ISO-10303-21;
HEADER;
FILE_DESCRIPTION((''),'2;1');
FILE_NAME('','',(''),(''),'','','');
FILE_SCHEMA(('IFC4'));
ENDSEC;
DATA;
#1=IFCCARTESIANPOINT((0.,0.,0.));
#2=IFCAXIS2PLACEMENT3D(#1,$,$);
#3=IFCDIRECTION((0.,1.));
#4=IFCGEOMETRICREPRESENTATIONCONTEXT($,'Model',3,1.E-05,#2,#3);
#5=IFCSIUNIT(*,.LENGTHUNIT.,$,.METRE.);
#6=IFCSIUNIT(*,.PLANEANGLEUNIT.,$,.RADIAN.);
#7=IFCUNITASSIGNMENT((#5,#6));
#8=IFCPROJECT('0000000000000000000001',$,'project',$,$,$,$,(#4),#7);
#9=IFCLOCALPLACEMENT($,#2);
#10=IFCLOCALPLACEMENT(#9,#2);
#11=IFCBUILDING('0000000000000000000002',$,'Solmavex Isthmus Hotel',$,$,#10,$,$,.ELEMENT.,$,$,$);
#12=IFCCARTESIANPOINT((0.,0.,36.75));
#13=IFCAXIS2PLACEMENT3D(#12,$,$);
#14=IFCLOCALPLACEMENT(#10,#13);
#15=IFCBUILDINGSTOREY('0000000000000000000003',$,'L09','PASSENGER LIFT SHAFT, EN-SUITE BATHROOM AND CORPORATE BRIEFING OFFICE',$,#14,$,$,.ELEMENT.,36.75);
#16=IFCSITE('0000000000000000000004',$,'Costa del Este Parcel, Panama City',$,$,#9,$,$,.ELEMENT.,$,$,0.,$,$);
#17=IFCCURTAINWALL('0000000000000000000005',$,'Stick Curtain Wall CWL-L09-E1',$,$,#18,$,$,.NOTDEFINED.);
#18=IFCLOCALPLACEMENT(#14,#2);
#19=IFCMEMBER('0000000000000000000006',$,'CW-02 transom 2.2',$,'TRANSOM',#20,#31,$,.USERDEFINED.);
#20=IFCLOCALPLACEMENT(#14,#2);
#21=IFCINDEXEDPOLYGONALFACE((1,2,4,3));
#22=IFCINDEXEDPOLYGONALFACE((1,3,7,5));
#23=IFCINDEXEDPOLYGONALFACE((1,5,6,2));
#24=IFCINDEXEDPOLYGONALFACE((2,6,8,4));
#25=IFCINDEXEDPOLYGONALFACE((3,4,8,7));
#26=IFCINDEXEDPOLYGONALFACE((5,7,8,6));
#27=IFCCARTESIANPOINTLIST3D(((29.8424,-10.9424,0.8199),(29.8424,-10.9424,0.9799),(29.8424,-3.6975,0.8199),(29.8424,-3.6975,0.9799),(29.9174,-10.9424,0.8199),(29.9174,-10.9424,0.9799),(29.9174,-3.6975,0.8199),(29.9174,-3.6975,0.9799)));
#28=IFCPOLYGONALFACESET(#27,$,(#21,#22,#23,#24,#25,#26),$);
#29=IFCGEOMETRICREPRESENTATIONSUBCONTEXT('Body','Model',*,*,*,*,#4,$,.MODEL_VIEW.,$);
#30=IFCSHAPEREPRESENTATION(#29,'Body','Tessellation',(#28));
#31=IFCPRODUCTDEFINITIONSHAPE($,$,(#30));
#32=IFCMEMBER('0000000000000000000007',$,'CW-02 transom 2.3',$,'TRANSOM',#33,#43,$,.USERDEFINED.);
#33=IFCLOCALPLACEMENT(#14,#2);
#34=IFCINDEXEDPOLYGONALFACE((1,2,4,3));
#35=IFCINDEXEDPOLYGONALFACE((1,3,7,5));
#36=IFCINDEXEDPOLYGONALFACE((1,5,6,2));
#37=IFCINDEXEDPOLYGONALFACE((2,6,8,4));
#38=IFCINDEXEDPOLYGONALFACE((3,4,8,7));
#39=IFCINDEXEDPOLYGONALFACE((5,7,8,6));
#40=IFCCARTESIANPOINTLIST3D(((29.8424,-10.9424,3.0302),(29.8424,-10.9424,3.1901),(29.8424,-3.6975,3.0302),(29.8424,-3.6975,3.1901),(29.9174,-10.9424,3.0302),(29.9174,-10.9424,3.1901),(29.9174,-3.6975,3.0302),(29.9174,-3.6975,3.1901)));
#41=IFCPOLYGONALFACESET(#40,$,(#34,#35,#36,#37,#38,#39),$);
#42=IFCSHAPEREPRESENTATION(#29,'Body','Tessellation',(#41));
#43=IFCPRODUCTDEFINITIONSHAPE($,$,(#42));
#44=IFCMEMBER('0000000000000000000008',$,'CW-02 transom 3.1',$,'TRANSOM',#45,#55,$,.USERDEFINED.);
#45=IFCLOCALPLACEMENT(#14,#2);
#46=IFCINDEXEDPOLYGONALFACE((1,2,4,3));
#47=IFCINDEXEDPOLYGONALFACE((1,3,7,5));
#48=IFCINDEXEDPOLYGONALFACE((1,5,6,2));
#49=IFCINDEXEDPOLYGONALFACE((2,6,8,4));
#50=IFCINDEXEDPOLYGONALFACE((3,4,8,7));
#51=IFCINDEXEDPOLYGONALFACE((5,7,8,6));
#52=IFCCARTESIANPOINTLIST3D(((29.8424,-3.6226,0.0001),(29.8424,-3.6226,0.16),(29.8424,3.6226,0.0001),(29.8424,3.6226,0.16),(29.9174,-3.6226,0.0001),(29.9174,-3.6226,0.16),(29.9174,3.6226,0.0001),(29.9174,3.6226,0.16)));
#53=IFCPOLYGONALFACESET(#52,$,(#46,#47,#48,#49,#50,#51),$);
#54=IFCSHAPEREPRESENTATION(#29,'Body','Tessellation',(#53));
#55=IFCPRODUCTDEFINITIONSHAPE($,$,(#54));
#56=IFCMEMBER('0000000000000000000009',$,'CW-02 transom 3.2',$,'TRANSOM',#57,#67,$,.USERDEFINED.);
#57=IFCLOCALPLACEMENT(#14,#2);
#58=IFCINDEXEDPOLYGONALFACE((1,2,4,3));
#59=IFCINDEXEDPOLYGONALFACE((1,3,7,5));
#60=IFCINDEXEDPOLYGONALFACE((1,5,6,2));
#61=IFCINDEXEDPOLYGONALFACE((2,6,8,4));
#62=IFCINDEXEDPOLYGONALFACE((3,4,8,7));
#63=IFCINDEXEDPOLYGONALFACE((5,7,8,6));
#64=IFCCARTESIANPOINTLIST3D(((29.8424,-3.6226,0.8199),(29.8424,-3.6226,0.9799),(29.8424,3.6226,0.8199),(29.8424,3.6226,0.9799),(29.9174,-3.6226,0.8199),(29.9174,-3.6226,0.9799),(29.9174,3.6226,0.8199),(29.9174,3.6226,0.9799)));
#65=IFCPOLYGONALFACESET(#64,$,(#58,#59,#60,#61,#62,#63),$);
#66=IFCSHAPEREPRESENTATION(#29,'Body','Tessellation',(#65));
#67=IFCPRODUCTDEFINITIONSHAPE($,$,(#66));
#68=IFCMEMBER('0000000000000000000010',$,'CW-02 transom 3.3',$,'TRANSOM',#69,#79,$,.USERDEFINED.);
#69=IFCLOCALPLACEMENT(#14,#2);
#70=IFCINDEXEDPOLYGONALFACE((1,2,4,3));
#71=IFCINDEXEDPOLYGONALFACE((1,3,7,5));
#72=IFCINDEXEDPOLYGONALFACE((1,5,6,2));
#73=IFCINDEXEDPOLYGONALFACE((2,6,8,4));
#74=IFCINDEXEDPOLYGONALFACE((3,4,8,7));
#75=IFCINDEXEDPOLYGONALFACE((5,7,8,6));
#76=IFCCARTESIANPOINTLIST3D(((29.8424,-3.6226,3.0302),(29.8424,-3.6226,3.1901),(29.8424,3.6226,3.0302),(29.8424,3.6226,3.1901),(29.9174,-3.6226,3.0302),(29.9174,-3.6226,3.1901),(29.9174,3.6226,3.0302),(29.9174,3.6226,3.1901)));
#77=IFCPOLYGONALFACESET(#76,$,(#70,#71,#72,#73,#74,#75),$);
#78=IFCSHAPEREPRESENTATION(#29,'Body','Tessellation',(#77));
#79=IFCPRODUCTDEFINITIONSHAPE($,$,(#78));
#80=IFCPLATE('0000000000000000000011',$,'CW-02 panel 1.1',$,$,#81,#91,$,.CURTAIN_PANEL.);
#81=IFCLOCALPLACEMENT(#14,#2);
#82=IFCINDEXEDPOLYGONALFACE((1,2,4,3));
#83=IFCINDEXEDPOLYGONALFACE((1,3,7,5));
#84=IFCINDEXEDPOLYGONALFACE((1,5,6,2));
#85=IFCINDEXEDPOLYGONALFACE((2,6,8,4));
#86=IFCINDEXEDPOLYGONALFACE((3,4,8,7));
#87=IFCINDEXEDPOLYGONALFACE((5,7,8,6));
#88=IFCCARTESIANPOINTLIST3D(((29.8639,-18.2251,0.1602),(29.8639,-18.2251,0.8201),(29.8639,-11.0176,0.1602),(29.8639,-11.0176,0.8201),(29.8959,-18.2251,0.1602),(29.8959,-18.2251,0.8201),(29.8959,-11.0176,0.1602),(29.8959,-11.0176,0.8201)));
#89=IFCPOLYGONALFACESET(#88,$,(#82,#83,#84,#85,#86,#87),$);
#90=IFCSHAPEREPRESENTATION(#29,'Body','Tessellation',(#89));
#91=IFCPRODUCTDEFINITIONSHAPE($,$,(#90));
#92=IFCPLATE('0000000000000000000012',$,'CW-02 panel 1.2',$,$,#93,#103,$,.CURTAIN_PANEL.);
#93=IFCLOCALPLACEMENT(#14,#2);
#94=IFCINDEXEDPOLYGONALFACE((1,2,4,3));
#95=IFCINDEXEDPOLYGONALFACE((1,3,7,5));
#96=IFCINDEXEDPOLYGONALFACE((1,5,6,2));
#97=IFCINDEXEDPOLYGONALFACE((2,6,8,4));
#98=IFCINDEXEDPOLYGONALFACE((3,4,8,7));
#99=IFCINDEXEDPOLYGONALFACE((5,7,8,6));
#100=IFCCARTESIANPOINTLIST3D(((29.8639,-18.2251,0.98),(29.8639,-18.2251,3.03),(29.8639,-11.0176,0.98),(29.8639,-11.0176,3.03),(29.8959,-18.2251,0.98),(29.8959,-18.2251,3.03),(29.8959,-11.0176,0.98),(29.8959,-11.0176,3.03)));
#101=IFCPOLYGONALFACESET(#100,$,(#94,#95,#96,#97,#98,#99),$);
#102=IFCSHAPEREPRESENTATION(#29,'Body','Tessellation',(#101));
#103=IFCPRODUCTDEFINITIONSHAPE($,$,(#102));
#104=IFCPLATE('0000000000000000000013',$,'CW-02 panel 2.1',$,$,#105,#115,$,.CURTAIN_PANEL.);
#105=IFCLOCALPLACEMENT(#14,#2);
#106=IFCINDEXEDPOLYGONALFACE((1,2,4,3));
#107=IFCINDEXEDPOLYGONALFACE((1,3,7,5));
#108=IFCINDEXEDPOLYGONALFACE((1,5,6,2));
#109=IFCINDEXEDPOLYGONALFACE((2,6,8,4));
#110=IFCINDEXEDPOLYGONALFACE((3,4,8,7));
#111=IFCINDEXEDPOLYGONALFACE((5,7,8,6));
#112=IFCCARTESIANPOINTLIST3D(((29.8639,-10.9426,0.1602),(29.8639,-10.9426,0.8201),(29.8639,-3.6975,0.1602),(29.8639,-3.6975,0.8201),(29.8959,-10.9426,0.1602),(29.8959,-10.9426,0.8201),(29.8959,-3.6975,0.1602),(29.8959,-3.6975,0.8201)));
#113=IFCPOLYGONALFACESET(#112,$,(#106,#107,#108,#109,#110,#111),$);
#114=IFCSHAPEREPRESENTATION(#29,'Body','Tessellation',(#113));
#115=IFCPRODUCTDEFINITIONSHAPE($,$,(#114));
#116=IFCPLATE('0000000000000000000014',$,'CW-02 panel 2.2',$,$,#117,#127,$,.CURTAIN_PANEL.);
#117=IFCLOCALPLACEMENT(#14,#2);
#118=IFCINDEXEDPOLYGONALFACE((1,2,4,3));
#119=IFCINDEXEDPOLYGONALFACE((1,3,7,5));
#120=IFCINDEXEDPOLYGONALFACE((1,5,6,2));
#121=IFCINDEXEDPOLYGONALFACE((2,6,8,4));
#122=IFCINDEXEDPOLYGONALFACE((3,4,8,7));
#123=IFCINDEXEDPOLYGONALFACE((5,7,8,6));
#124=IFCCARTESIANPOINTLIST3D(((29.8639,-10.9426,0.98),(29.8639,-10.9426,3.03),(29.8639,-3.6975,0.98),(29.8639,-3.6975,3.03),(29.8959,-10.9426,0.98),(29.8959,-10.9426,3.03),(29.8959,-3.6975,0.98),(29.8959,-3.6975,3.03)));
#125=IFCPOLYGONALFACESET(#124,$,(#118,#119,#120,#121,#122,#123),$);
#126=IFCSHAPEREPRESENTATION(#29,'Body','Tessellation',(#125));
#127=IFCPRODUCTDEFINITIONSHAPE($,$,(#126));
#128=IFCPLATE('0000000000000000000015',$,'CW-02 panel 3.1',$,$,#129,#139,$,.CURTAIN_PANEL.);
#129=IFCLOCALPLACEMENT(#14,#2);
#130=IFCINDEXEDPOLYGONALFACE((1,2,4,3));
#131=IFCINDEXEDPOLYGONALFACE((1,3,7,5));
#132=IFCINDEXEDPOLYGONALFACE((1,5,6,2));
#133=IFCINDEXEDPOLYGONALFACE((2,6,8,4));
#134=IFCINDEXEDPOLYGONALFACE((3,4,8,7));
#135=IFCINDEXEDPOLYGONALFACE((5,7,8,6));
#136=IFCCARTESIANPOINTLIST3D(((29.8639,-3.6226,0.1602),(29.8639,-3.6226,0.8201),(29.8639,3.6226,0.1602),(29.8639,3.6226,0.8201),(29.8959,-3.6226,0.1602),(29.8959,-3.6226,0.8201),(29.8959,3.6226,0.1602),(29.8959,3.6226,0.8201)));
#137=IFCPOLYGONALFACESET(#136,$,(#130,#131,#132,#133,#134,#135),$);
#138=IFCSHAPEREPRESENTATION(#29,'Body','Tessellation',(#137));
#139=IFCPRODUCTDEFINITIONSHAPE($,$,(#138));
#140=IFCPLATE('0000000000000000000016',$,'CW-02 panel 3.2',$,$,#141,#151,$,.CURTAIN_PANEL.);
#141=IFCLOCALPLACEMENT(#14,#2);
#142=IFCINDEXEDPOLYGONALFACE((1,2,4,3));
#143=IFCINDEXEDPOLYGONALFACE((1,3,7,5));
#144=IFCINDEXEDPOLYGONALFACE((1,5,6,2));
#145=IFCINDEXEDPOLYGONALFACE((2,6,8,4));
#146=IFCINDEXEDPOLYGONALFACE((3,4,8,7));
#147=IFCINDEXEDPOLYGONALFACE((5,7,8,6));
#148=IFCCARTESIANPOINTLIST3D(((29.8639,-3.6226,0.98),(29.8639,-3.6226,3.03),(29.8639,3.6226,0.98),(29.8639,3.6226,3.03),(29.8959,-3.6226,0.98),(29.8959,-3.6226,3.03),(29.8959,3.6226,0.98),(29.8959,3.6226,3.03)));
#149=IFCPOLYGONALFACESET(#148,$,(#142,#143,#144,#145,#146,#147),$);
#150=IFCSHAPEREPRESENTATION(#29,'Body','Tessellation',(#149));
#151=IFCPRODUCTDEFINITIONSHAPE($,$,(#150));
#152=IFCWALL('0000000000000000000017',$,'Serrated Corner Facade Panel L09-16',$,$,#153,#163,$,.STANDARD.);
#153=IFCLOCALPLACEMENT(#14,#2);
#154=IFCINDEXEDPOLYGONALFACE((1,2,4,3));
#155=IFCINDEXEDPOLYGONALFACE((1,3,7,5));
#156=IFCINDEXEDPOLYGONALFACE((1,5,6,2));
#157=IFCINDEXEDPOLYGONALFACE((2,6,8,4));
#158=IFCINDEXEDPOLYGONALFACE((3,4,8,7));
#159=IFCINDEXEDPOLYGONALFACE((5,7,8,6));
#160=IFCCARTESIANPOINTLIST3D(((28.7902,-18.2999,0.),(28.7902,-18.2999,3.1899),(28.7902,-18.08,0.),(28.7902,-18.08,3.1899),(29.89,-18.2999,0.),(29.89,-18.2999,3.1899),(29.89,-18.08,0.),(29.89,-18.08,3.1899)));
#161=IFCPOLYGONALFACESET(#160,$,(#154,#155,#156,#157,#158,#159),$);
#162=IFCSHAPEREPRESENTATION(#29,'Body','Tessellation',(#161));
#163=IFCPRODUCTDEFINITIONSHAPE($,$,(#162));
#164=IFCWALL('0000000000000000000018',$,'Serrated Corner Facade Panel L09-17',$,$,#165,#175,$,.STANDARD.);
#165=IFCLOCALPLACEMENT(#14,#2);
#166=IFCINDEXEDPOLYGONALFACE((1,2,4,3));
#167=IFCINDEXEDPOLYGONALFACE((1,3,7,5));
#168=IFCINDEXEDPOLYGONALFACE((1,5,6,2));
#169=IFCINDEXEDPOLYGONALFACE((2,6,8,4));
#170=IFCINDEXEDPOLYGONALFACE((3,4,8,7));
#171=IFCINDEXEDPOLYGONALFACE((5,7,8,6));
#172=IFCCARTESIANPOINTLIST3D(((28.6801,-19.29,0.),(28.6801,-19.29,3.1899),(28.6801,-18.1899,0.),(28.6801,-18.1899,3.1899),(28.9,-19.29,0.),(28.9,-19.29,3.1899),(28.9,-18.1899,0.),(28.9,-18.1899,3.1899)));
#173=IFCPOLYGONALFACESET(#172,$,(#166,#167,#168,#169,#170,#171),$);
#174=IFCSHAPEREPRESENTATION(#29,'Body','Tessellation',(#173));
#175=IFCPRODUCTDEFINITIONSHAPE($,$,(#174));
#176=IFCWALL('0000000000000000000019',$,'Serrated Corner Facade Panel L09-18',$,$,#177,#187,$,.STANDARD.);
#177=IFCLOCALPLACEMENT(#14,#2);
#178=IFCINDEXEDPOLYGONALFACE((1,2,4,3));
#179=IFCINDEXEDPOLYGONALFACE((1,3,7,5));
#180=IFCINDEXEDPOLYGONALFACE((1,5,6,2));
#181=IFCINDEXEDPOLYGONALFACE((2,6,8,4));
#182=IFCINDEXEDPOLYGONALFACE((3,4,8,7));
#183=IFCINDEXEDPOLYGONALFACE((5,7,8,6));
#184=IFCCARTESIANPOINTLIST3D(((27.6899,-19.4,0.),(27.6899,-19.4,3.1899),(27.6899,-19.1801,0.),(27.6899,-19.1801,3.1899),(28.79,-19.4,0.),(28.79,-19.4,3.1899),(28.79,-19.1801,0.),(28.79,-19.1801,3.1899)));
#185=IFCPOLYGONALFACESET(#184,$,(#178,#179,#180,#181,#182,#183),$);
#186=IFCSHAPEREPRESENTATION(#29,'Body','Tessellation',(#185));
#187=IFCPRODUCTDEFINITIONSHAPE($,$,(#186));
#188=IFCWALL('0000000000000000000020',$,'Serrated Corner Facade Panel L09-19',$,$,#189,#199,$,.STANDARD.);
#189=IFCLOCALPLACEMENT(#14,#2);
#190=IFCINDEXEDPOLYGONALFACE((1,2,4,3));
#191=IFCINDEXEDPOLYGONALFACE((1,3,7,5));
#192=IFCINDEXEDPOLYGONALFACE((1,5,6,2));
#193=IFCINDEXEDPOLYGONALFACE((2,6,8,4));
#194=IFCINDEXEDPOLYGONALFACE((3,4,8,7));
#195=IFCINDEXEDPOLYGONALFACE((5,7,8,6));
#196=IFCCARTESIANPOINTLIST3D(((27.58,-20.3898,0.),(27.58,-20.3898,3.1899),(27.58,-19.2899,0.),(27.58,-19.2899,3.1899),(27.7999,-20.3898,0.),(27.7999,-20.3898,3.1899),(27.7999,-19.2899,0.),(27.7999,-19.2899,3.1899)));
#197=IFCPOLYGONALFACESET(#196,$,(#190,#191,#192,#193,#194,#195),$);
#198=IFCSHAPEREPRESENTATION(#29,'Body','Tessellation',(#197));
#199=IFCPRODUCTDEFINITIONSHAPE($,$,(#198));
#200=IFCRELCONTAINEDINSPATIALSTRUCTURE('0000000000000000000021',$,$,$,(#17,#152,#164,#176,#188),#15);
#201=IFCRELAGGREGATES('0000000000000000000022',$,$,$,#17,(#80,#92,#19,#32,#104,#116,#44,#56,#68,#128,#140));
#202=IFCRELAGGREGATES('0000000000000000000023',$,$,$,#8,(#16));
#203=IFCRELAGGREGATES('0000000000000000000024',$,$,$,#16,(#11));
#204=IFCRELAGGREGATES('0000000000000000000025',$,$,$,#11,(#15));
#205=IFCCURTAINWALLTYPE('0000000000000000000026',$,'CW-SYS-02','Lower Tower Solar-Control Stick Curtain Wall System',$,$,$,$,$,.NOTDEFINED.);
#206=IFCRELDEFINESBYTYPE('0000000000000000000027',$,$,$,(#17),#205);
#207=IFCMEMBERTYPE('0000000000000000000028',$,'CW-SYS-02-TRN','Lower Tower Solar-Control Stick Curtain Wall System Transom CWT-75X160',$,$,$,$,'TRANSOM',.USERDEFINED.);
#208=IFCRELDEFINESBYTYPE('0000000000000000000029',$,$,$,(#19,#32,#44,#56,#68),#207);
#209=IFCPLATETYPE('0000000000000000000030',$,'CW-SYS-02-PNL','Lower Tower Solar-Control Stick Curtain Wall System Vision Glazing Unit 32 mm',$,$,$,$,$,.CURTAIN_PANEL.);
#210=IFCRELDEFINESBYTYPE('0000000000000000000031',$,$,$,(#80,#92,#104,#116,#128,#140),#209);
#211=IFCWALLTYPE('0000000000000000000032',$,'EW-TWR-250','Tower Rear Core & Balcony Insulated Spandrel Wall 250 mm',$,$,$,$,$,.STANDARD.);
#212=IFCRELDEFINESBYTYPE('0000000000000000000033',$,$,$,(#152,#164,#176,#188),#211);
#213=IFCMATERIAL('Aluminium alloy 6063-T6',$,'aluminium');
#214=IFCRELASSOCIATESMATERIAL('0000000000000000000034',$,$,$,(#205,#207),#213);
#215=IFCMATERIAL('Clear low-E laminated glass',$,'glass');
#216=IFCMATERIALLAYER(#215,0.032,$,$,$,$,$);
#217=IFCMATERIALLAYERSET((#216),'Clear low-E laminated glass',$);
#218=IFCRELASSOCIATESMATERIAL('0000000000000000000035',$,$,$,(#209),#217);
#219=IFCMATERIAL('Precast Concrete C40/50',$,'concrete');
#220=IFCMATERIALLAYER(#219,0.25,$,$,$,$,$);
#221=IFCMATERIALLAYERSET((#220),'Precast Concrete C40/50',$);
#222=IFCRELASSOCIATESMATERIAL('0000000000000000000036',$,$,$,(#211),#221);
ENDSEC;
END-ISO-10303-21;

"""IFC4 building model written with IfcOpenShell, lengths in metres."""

from ifc_helpers import new_model, si_unit, direction, frame, frame_2d, origin, origin_2d, place, context, subcontext, project, spatial, rectangle, extrude, material, layer, layer_set, material_profile, profile_set, type_object, element, aggregate, save


model = new_model("IFC4")

# Units and contexts
model_context = context("Model", 3, precision=1e-05, world=origin(), true_north=direction((0.0, 1.0)))
body_context = subcontext(model_context, "Body", "Model", "MODEL_VIEW")
ifc_project = project(units=[si_unit("LENGTHUNIT", "METRE"), si_unit("PLANEANGLEUNIT", "RADIAN")], contexts=[model_context])

# Site, building, storey
site_placement = place(None, origin())
site = spatial("IfcSite", under=ifc_project, at=site_placement, Name="Costa del Este Parcel, Panama City", CompositionType="ELEMENT", RefElevation=0.0)
building_placement = place(site_placement, origin())
building = spatial("IfcBuilding", under=site, at=building_placement, Name="Solmavex Isthmus Hotel", CompositionType="ELEMENT")
storey_placement = place(building_placement, frame((0.0, 0.0, 36.75)))
storey = spatial("IfcBuildingStorey", under=building, at=storey_placement, Name="L09", Description="PASSENGER LIFT SHAFT, EN-SUITE BATHROOM AND CORPORATE BRIEFING OFFICE", CompositionType="ELEMENT", Elevation=36.75)

# Curtain wall, members, plates
ifc_material_1 = material(Name="Aluminium alloy 6063-T6", Category="aluminium")
curtain_wall_type = type_object("IfcCurtainWallType", Name="CW-SYS-02", Description="Lower Tower Solar-Control Stick Curtain Wall System", PredefinedType="NOTDEFINED", material=ifc_material_1)
curtain_wall_placement = place(storey_placement, origin())
curtain_wall = element("IfcCurtainWall", 1, at=curtain_wall_placement, inside=storey, type_object=curtain_wall_type, Name="Stick Curtain Wall CWL-L09-E1", PredefinedType="NOTDEFINED")
ifc_material_profile_1 = material_profile(ifc_material_1, rectangle(XDim=0.075, YDim=0.1599, at=origin_2d()), Name="CWT-75X160")
ifc_profile_set_1 = profile_set([ifc_material_profile_1], Name="Aluminium alloy 6063-T6")
member_type_1 = type_object("IfcMemberType", Name="CW-SYS-02-TRN", Description="Lower Tower Solar-Control Stick Curtain Wall System Transom CWT-75X160", ElementType="TRANSOM", PredefinedType="USERDEFINED", material=ifc_profile_set_1)
member_1_placement = place(storey_placement, frame((29.8799, -10.9424, 0.8999), z_axis=(0.0, 1.0, 0.0), x_axis=(-1.0, 0.0, 0.0)))
member_1 = element("IfcMember", 2, at=member_1_placement, type_object=member_type_1, Name="CW-02 transom 2.2", ObjectType="TRANSOM", PredefinedType="USERDEFINED", context=body_context, shape_type="SweptSolid", body=[
    extrude(rectangle(XDim=0.075, YDim=0.1599, at=origin_2d()), origin(), (0.0, 0.0, 1.0), 7.2449),
])
member_2_placement = place(storey_placement, frame((29.8799, -10.9424, 3.1101), z_axis=(0.0, 1.0, 0.0), x_axis=(-1.0, 0.0, 0.0)))
member_2 = element("IfcMember", 3, at=member_2_placement, type_object=member_type_1, Name="CW-02 transom 2.3", ObjectType="TRANSOM", PredefinedType="USERDEFINED", context=body_context, shape_type="SweptSolid", body=[
    extrude(rectangle(XDim=0.075, YDim=0.1599, at=origin_2d()), origin(), (0.0, 0.0, 1.0), 7.2449),
])
member_3_placement = place(storey_placement, frame((29.8799, -3.6226, 0.0801), z_axis=(0.0, 1.0, 0.0), x_axis=(-1.0, 0.0, 0.0)))
member_3 = element("IfcMember", 4, at=member_3_placement, type_object=member_type_1, Name="CW-02 transom 3.1", ObjectType="TRANSOM", PredefinedType="USERDEFINED", context=body_context, shape_type="SweptSolid", body=[
    extrude(rectangle(XDim=0.075, YDim=0.1599, at=origin_2d()), origin(), (0.0, 0.0, 1.0), 7.2451),
])
member_4_placement = place(storey_placement, frame((29.8799, -3.6226, 0.8999), z_axis=(0.0, 1.0, 0.0), x_axis=(-1.0, 0.0, 0.0)))
member_4 = element("IfcMember", 5, at=member_4_placement, type_object=member_type_1, Name="CW-02 transom 3.2", ObjectType="TRANSOM", PredefinedType="USERDEFINED", context=body_context, shape_type="SweptSolid", body=[
    extrude(rectangle(XDim=0.075, YDim=0.1599, at=origin_2d()), origin(), (0.0, 0.0, 1.0), 7.2451),
])
member_5_placement = place(storey_placement, frame((29.8799, -3.6226, 3.1101), z_axis=(0.0, 1.0, 0.0), x_axis=(-1.0, 0.0, 0.0)))
member_5 = element("IfcMember", 6, at=member_5_placement, type_object=member_type_1, Name="CW-02 transom 3.3", ObjectType="TRANSOM", PredefinedType="USERDEFINED", context=body_context, shape_type="SweptSolid", body=[
    extrude(rectangle(XDim=0.075, YDim=0.1599, at=origin_2d()), origin(), (0.0, 0.0, 1.0), 7.2451),
])
ifc_material_2 = material(Name="Clear low-E laminated glass", Category="glass")
ifc_layer_1 = layer(ifc_material_2, 0.032)
ifc_layer_set_1 = layer_set([ifc_layer_1], Name="Clear low-E laminated glass")
plate_type = type_object("IfcPlateType", Name="CW-SYS-02-PNL", Description="Lower Tower Solar-Control Stick Curtain Wall System Vision Glazing Unit 32 mm", PredefinedType="CURTAIN_PANEL", material=ifc_layer_set_1)
plate_1_placement = place(storey_placement, frame((29.8799, -14.6213, 0.1602), z_axis=(0.0, 0.0, 1.0), x_axis=(0.0, 1.0, 0.0)))
plate_1 = element("IfcPlate", 7, at=plate_1_placement, type_object=plate_type, Name="CW-02 panel 1.1", PredefinedType="CURTAIN_PANEL", context=body_context, shape_type="SweptSolid", body=[
    extrude(rectangle(XDim=7.2075, YDim=0.032, at=origin_2d()), origin(), (0.0, 0.0, 1.0), 0.6599),
])
plate_2_placement = place(storey_placement, frame((29.8799, -14.6213, 0.98), z_axis=(0.0, 0.0, 1.0), x_axis=(0.0, 1.0, 0.0)))
plate_2 = element("IfcPlate", 8, at=plate_2_placement, type_object=plate_type, Name="CW-02 panel 1.2", PredefinedType="CURTAIN_PANEL", context=body_context, shape_type="SweptSolid", body=[
    extrude(rectangle(XDim=7.2075, YDim=0.032, at=origin_2d()), origin(), (0.0, 0.0, 1.0), 2.05),
])
plate_3_placement = place(storey_placement, frame((29.8799, -7.3201, 0.1602), z_axis=(0.0, 0.0, 1.0), x_axis=(0.0, 1.0, 0.0)))
plate_3 = element("IfcPlate", 9, at=plate_3_placement, type_object=plate_type, Name="CW-02 panel 2.1", PredefinedType="CURTAIN_PANEL", context=body_context, shape_type="SweptSolid", body=[
    extrude(rectangle(XDim=7.2451, YDim=0.032, at=origin_2d()), origin(), (0.0, 0.0, 1.0), 0.6599),
])
plate_4_placement = place(storey_placement, frame((29.8799, -7.3201, 0.98), z_axis=(0.0, 0.0, 1.0), x_axis=(0.0, 1.0, 0.0)))
plate_4 = element("IfcPlate", 10, at=plate_4_placement, type_object=plate_type, Name="CW-02 panel 2.2", PredefinedType="CURTAIN_PANEL", context=body_context, shape_type="SweptSolid", body=[
    extrude(rectangle(XDim=7.2451, YDim=0.032, at=origin_2d()), origin(), (0.0, 0.0, 1.0), 2.05),
])
plate_5_placement = place(storey_placement, frame((29.8799, 0.0, 0.1602), z_axis=(0.0, 0.0, 1.0), x_axis=(0.0, 1.0, 0.0)))
plate_5 = element("IfcPlate", 11, at=plate_5_placement, type_object=plate_type, Name="CW-02 panel 3.1", PredefinedType="CURTAIN_PANEL", context=body_context, shape_type="SweptSolid", body=[
    extrude(rectangle(XDim=7.2451, YDim=0.032, at=origin_2d()), origin(), (0.0, 0.0, 1.0), 0.6599),
])
plate_6_placement = place(storey_placement, frame((29.8799, 0.0, 0.98), z_axis=(0.0, 0.0, 1.0), x_axis=(0.0, 1.0, 0.0)))
plate_6 = element("IfcPlate", 12, at=plate_6_placement, type_object=plate_type, Name="CW-02 panel 3.2", PredefinedType="CURTAIN_PANEL", context=body_context, shape_type="SweptSolid", body=[
    extrude(rectangle(XDim=7.2451, YDim=0.032, at=origin_2d()), origin(), (0.0, 0.0, 1.0), 2.05),
])
aggregate(curtain_wall, [plate_1, plate_2, member_1, member_2, plate_3, plate_4, member_3, member_4, member_5, plate_5, plate_6])

# Walls
ifc_material_3 = material(Name="Precast Concrete C40/50", Category="concrete")
ifc_layer_2 = layer(ifc_material_3, 0.25)
ifc_layer_set_2 = layer_set([ifc_layer_2], Name="Precast Concrete C40/50")
wall_type_1 = type_object("IfcWallType", Name="EW-TWR-250", Description="Tower Rear Core & Balcony Insulated Spandrel Wall 250 mm", PredefinedType="STANDARD", material=ifc_layer_set_2)
wall_1_placement = place(storey_placement, frame((29.8899, -18.1899, 0.0), z_axis=(0.0, 0.0, 1.0), x_axis=(-1.0, 0.0, 0.0)))
element("IfcWall", 13, at=wall_1_placement, inside=storey, type_object=wall_type_1, Name="Serrated Corner Facade Panel L09-16", PredefinedType="STANDARD", context=body_context, shape_type="SweptSolid", body=[
    extrude(rectangle(XDim=1.0999, YDim=0.22, at=frame_2d((0.5498, 0.0))), origin(), (0.0, 0.0, 1.0), 3.1899),
])
for number, where, z_axis, x_axis, name in (
    (14, (28.79, -18.1899, 0.0), (0.0, 0.0, 1.0), (0.0, -1.0, 0.0), "Serrated Corner Facade Panel L09-17"),
    (15, (28.79, -19.29, 0.0), (0.0, 0.0, 1.0), (-1.0, 0.0, 0.0), "Serrated Corner Facade Panel L09-18"),
):
    element("IfcWall", number, at=place(storey_placement, frame(where, z_axis=z_axis, x_axis=x_axis)), inside=storey, type_object=wall_type_1, Name=name, PredefinedType="STANDARD", context=body_context, shape_type="SweptSolid", body=[
        extrude(rectangle(XDim=1.1001, YDim=0.22, at=frame_2d((0.55, 0.0))), origin(), (0.0, 0.0, 1.0), 3.1899),
    ])
wall_2_placement = place(storey_placement, frame((27.6899, -19.29, 0.0), z_axis=(0.0, 0.0, 1.0), x_axis=(0.0, -1.0, 0.0)))
element("IfcWall", 16, at=wall_2_placement, inside=storey, type_object=wall_type_1, Name="Serrated Corner Facade Panel L09-19", PredefinedType="STANDARD", context=body_context, shape_type="SweptSolid", body=[
    extrude(rectangle(XDim=1.0999, YDim=0.22, at=frame_2d((0.5498, 0.0))), origin(), (0.0, 0.0, 1.0), 3.1899),
])

save(model, "model.ifc")
